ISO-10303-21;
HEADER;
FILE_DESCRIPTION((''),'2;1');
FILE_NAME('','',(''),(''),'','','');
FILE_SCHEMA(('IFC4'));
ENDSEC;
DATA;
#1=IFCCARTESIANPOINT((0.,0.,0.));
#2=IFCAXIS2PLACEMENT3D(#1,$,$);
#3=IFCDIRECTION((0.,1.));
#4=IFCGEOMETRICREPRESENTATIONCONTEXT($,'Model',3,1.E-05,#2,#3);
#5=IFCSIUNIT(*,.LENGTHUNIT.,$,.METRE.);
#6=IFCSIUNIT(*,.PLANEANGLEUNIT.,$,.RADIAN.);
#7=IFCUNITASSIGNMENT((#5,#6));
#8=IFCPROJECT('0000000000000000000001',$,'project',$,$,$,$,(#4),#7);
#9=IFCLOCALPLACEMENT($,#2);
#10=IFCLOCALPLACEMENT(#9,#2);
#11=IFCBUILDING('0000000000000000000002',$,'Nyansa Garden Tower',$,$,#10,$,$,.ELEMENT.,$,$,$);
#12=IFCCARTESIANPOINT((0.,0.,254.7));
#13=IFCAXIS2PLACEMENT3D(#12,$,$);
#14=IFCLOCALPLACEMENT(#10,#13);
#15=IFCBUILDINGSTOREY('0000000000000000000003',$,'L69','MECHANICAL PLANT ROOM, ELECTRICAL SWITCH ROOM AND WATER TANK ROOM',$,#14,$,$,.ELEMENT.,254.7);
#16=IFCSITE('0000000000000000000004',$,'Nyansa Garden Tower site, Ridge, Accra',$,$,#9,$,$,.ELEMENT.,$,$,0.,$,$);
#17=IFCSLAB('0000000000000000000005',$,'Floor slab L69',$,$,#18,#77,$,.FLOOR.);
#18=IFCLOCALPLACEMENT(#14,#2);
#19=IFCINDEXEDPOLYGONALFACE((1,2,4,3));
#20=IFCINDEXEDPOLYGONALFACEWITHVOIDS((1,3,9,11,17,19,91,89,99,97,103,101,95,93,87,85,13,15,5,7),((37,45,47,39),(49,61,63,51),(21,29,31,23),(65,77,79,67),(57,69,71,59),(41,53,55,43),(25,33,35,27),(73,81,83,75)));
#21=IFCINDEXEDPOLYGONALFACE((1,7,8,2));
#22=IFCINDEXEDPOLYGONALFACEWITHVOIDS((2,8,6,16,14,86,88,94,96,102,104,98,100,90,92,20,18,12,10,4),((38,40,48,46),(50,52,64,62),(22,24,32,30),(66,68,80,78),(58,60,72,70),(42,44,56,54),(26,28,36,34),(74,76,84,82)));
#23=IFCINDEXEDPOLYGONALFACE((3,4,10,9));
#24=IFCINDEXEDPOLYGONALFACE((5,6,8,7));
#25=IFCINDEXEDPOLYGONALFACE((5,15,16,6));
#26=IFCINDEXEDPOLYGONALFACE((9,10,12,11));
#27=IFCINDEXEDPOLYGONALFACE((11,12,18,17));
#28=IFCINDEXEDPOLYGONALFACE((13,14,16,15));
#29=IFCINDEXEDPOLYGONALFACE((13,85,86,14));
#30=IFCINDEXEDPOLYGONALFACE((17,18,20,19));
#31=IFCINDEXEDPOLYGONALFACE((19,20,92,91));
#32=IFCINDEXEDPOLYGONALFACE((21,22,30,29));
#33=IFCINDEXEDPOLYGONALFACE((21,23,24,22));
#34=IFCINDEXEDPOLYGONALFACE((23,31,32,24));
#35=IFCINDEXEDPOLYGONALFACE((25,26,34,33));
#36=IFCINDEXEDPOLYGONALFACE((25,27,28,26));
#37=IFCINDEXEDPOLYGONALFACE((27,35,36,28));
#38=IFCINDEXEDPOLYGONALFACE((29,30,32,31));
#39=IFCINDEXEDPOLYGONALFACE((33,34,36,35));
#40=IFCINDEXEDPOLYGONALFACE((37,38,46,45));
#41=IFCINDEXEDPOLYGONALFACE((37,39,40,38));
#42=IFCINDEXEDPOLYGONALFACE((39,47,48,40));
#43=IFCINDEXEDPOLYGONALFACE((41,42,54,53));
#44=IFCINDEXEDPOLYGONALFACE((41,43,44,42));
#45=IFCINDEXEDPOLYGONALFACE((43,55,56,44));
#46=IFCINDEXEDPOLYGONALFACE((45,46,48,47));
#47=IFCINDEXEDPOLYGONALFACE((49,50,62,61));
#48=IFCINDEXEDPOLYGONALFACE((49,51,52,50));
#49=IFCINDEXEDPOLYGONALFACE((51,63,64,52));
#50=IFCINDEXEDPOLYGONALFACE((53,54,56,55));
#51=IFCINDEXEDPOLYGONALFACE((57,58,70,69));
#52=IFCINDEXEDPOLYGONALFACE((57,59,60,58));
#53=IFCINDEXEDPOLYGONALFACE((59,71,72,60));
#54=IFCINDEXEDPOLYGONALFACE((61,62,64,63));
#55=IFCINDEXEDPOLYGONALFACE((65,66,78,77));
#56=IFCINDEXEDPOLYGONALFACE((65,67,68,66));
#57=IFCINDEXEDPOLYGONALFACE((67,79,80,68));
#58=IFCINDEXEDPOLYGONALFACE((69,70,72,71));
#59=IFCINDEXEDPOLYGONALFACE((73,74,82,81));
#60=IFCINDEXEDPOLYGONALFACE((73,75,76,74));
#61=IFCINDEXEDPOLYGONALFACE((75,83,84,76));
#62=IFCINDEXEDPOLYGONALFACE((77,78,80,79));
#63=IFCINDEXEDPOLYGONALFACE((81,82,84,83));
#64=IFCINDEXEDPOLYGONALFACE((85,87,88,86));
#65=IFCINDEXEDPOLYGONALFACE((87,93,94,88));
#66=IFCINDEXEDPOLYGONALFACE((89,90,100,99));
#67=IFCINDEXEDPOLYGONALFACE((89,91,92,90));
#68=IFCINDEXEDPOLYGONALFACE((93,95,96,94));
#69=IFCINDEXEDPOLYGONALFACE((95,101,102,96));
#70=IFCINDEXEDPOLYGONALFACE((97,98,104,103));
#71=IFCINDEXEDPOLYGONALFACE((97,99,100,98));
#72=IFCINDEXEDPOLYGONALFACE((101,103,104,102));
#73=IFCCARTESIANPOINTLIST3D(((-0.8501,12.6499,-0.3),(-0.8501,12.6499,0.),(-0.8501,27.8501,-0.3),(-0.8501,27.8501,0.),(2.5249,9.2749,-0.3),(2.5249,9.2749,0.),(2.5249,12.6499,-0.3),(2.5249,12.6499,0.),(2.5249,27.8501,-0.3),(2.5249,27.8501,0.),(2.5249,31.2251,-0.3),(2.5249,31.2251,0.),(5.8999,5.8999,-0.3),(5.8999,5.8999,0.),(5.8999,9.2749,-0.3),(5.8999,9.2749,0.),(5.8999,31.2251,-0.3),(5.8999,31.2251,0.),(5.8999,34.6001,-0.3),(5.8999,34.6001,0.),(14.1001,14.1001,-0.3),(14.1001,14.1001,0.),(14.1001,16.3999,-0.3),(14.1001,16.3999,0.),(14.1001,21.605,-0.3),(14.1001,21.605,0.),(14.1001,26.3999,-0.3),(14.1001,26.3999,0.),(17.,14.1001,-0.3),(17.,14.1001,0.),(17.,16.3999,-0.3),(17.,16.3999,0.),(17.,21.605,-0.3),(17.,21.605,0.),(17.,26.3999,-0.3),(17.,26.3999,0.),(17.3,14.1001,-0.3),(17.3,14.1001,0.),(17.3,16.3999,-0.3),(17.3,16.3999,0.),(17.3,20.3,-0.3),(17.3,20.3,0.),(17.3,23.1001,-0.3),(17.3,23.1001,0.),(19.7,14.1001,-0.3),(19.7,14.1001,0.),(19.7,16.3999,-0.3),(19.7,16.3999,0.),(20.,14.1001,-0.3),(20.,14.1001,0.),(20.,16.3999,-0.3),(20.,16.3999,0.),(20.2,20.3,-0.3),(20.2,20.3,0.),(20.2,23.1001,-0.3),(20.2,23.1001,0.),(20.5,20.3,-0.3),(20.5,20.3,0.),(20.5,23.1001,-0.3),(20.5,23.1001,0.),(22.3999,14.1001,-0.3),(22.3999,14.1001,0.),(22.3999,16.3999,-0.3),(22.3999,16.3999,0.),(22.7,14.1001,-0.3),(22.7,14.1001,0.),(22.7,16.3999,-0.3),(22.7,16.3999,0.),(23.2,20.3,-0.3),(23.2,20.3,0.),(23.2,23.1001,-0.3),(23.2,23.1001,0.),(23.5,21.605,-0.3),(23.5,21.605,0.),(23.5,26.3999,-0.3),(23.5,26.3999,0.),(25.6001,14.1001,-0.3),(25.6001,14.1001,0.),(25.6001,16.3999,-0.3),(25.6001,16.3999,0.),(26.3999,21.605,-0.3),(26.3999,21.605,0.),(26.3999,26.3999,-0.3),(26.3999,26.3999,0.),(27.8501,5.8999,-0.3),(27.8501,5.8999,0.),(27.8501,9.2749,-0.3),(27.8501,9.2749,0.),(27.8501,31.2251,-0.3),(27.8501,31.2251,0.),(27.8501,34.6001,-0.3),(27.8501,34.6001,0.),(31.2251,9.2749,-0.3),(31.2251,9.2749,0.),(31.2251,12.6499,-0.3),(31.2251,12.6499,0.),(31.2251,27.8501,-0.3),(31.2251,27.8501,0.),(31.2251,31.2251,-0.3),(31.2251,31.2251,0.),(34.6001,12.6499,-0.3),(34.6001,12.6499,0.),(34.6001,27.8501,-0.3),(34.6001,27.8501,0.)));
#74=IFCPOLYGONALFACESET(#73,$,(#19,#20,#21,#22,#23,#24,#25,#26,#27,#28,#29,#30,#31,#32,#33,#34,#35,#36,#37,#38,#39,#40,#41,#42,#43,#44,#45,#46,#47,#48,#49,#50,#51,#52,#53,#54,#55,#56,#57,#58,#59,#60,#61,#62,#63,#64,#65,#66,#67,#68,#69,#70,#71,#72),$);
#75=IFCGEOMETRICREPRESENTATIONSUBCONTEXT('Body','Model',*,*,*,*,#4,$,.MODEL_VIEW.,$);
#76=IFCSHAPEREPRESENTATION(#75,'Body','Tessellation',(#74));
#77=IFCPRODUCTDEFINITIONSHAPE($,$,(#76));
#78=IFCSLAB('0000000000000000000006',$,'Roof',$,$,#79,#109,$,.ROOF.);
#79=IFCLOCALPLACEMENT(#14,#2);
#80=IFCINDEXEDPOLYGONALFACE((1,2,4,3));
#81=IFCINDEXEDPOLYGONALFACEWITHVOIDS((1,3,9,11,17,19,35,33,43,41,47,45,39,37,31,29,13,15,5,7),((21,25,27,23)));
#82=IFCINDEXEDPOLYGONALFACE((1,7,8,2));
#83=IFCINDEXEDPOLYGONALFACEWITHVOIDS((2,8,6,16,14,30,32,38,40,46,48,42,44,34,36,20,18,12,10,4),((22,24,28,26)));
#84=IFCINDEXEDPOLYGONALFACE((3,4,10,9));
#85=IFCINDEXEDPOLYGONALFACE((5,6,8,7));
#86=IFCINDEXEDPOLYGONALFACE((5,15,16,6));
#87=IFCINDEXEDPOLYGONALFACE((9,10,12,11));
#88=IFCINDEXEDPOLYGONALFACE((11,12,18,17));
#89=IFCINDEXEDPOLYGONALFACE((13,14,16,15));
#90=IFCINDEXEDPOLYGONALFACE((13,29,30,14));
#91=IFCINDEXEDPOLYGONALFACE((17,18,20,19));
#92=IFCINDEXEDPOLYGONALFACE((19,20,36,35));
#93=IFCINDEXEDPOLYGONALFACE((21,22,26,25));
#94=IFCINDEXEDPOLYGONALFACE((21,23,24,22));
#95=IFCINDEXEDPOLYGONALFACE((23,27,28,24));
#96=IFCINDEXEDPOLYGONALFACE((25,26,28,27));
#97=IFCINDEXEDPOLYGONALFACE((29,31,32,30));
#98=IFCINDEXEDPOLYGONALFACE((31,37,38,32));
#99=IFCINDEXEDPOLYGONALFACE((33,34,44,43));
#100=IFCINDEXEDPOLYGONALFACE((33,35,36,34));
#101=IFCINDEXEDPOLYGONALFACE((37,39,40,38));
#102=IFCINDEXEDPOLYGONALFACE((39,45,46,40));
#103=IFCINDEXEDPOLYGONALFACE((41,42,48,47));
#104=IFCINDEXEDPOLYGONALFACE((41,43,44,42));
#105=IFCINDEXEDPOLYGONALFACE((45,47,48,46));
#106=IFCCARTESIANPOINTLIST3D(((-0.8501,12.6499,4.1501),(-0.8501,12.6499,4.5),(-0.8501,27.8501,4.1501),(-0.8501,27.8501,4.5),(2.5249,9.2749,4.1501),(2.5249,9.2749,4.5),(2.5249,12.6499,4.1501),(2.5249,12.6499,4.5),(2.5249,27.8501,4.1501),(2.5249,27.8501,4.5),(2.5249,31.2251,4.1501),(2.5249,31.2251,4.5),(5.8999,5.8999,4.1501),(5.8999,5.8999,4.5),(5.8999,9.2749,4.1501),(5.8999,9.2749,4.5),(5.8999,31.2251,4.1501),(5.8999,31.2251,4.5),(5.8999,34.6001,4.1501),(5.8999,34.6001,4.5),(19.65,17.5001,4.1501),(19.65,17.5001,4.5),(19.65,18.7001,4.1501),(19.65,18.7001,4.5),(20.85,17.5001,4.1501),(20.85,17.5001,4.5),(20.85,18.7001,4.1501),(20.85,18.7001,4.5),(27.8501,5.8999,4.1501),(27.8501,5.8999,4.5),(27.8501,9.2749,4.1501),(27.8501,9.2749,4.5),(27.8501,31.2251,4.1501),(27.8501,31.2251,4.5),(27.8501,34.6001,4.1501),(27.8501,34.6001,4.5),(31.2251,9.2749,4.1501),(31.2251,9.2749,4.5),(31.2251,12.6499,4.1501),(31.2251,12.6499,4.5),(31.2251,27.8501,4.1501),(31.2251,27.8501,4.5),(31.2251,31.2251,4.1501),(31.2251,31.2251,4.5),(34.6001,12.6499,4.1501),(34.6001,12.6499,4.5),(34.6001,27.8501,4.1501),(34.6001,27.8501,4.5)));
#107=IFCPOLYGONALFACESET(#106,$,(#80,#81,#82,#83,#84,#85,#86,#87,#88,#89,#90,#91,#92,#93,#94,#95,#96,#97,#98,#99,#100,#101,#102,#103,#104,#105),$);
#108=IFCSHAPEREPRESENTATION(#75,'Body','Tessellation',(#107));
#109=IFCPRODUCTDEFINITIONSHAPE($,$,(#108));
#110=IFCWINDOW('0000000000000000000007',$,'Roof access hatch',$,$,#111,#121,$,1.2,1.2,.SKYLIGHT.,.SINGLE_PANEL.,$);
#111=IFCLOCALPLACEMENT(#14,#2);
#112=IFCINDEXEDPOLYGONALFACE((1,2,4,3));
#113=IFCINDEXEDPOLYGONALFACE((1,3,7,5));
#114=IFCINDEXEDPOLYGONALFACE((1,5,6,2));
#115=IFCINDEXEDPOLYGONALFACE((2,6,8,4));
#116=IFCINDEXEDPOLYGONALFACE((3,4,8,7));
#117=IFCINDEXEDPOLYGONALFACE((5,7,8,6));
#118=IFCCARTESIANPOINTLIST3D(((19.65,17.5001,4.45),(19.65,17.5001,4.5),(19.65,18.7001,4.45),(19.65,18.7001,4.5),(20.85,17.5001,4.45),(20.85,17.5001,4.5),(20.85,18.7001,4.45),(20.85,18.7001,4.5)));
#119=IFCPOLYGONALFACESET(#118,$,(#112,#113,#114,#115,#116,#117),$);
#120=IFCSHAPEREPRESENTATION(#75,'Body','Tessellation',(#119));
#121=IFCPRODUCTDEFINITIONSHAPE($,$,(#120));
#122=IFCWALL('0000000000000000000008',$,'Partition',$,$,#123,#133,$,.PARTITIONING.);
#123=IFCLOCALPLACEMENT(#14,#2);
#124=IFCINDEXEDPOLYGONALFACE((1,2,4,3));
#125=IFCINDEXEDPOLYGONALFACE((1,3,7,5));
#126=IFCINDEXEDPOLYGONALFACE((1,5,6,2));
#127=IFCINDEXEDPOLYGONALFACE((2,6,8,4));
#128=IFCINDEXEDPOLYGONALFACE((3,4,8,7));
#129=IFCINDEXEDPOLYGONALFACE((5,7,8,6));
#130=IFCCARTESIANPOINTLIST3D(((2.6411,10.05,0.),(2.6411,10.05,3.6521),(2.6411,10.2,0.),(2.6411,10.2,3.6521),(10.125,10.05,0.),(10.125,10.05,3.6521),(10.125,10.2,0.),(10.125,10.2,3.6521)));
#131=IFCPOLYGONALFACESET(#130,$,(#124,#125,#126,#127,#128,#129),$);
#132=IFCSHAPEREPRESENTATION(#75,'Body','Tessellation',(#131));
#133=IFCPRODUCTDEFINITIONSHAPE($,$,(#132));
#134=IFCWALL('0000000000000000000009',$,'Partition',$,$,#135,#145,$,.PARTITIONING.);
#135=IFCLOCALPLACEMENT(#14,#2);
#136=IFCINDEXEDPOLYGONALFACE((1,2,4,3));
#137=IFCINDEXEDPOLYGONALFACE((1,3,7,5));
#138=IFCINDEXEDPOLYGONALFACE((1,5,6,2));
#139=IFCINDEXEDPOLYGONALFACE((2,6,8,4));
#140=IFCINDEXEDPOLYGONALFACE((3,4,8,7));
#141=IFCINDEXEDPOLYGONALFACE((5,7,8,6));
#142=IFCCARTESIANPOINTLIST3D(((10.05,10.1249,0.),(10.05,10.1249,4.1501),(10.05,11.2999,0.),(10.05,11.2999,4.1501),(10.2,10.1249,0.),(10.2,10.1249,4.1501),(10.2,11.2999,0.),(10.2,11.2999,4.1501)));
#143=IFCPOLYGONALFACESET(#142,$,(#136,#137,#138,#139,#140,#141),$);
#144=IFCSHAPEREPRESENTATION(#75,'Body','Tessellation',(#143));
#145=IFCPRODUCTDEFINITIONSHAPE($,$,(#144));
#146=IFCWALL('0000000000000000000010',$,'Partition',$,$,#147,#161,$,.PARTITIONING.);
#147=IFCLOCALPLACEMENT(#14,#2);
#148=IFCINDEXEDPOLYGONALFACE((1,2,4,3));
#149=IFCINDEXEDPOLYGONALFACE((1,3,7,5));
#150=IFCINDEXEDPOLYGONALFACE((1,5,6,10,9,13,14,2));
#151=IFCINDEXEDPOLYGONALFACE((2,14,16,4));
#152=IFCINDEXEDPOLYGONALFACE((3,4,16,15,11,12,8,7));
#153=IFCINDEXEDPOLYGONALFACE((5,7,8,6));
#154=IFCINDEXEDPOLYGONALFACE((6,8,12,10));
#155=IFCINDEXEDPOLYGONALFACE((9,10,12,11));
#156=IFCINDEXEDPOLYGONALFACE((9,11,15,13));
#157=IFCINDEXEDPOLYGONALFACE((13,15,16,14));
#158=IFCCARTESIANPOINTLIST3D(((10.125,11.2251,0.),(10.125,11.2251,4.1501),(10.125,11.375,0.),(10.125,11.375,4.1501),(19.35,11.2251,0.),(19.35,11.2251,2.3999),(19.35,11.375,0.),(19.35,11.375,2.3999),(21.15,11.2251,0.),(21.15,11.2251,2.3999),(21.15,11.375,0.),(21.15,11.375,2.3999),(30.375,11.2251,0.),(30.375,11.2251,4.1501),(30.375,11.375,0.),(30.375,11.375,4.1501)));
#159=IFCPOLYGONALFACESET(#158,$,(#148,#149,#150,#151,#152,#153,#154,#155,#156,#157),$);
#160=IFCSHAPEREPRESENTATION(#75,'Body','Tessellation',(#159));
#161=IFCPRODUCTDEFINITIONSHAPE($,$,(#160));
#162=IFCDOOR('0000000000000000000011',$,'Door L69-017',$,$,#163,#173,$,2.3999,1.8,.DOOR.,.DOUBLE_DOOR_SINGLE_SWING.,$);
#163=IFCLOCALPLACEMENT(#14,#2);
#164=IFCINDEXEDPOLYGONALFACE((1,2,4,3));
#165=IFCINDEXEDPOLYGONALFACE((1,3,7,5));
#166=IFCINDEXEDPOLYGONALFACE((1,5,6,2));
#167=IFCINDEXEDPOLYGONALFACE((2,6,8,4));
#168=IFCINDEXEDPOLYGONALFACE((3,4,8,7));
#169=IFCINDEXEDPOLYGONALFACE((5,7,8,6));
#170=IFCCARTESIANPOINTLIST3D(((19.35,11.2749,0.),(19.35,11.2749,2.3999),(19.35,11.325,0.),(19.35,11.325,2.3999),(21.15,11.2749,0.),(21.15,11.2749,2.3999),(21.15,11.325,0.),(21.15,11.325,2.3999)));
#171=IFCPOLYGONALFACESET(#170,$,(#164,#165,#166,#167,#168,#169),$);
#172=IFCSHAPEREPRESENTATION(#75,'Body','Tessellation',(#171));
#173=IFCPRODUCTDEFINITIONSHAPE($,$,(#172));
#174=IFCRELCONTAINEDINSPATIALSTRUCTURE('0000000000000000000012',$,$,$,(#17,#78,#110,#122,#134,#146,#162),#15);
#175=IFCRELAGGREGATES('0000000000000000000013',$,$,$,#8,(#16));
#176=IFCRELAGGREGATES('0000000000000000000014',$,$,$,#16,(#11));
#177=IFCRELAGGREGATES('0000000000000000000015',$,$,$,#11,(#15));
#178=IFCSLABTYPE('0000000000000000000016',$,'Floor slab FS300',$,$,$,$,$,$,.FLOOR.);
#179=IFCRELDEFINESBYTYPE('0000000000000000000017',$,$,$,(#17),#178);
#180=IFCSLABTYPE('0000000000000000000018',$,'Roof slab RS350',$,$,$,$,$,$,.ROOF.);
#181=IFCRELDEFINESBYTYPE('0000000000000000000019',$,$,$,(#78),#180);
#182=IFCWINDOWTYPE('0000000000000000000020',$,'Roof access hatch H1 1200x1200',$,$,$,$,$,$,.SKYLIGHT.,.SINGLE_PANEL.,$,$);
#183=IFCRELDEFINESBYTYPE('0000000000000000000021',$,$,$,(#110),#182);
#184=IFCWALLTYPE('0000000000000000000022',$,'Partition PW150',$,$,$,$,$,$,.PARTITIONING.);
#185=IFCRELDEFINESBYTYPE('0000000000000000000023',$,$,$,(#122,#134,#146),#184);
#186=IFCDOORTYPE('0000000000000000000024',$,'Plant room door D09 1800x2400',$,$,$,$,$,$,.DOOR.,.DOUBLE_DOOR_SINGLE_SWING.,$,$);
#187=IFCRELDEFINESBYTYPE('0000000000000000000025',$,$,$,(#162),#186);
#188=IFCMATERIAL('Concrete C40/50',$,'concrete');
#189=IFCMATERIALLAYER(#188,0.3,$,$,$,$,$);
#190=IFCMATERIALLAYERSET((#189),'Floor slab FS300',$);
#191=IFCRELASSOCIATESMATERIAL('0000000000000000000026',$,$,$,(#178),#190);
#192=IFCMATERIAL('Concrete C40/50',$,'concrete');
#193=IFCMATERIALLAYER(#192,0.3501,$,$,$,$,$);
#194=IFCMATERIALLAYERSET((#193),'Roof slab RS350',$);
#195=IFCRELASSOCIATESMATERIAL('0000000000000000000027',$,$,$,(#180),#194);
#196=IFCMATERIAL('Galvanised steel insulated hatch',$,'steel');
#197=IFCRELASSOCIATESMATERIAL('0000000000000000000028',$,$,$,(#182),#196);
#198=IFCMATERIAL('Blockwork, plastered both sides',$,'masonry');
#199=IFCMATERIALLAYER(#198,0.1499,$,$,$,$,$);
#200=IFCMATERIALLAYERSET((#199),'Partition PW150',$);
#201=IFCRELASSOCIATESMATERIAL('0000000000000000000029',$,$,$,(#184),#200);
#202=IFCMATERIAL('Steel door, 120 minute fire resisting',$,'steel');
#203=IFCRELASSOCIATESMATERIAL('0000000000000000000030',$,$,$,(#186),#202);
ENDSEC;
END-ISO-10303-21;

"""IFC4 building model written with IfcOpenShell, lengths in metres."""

from ifc_helpers import new_model, si_unit, direction, frame, frame_2d, origin, origin_2d, place, context, subcontext, project, spatial, polyline, rectangle, outline, extrude, material, layer, layer_set, type_object, element, fill, save


model = new_model("IFC4")

# Units and contexts
model_context = context("Model", 3, precision=1e-05, world=origin(), true_north=direction((0.0, 1.0)))
body_context = subcontext(model_context, "Body", "Model", "MODEL_VIEW")
ifc_project = project(units=[si_unit("LENGTHUNIT", "METRE"), si_unit("PLANEANGLEUNIT", "RADIAN")], contexts=[model_context])

# Site, building, storey
site_placement = place(None, origin())
site = spatial("IfcSite", under=ifc_project, at=site_placement, Name="Nyansa Garden Tower site, Ridge, Accra", CompositionType="ELEMENT", RefElevation=0.0)
building_placement = place(site_placement, origin())
building = spatial("IfcBuilding", under=site, at=building_placement, Name="Nyansa Garden Tower", CompositionType="ELEMENT")
storey_placement = place(building_placement, frame((0.0, 0.0, 254.7)))
storey = spatial("IfcBuildingStorey", under=building, at=storey_placement, Name="L69", Description="MECHANICAL PLANT ROOM, ELECTRICAL SWITCH ROOM AND WATER TANK ROOM", CompositionType="ELEMENT", Elevation=254.7)

# Slab
ifc_material_1 = material(Name="Concrete C40/50", Category="concrete")
ifc_layer_1 = layer(ifc_material_1, 0.3)
ifc_layer_set_1 = layer_set([ifc_layer_1], Name="Floor slab FS300")
slab_type_1 = type_object("IfcSlabType", Name="Floor slab FS300", PredefinedType="FLOOR", material=ifc_layer_set_1)
slab_1_placement = place(storey_placement, frame((0.0, 0.0, -0.3)))
element("IfcSlab", 1, at=slab_1_placement, inside=storey, type_object=slab_type_1, Name="Floor slab L69", PredefinedType="FLOOR", context=body_context, shape_type="SweptSolid", body=[
    extrude(outline(polyline([(34.6001, 12.6499), (31.2251, 12.6499), (31.2251, 9.2749), (27.8501, 9.2749), (27.8501, 5.8999), (5.8999, 5.8999), (5.8999, 9.2749), (2.5249, 9.2749), (2.5249, 12.6499), (-0.8501, 12.6499), (-0.8501, 27.8501), (2.5249, 27.8501), (2.5249, 31.2251), (5.8999, 31.2251), (5.8999, 34.6001), (27.8501, 34.6001), (27.8501, 31.2251), (31.2251, 31.2251), (31.2251, 27.8501), (34.6001, 27.8501), (34.6001, 12.6499)]), holes=[polyline([(14.1001, 14.1001), (17.0, 14.1001), (17.0, 16.3999), (14.1001, 16.3999), (14.1001, 14.1001)]), polyline([(17.3, 14.1001), (19.7, 14.1001), (19.7, 16.3999), (17.3, 16.3999), (17.3, 14.1001)]), polyline([(20.0, 14.1001), (22.3999, 14.1001), (22.3999, 16.3999), (20.0, 16.3999), (20.0, 14.1001)]), polyline([(22.7, 14.1001), (25.6001, 14.1001), (25.6001, 16.3999), (22.7, 16.3999), (22.7, 14.1001)]), polyline([(17.3, 20.3), (20.2, 20.3), (20.2, 23.1001), (17.3, 23.1001), (17.3, 20.3)]), polyline([(20.5, 20.3), (23.2, 20.3), (23.2, 23.1001), (20.5, 23.1001), (20.5, 20.3)]), polyline([(14.1001, 21.605), (17.0, 21.605), (17.0, 26.3999), (14.1001, 26.3999), (14.1001, 21.605)]), polyline([(23.5, 21.605), (26.3999, 21.605), (26.3999, 26.3999), (23.5, 26.3999), (23.5, 21.605)])]), origin(), (0.0, 0.0, 1.0), 0.3),
])

# Slab, opening, window
ifc_material_2 = material(Name="Concrete C40/50", Category="concrete")
ifc_layer_2 = layer(ifc_material_2, 0.3501)
ifc_layer_set_2 = layer_set([ifc_layer_2], Name="Roof slab RS350")
slab_type_2 = type_object("IfcSlabType", Name="Roof slab RS350", PredefinedType="ROOF", material=ifc_layer_set_2)
slab_2_placement = place(storey_placement, frame((0.0, 0.0, 4.1501)))
slab_2 = element("IfcSlab", 2, at=slab_2_placement, inside=storey, type_object=slab_type_2, Name="Roof", PredefinedType="ROOF", context=body_context, shape_type="SweptSolid", body=[
    extrude(outline(polyline([(34.6001, 12.6499), (31.2251, 12.6499), (31.2251, 9.2749), (27.8501, 9.2749), (27.8501, 5.8999), (5.8999, 5.8999), (5.8999, 9.2749), (2.5249, 9.2749), (2.5249, 12.6499), (-0.8501, 12.6499), (-0.8501, 27.8501), (2.5249, 27.8501), (2.5249, 31.2251), (5.8999, 31.2251), (5.8999, 34.6001), (27.8501, 34.6001), (27.8501, 31.2251), (31.2251, 31.2251), (31.2251, 27.8501), (34.6001, 27.8501), (34.6001, 12.6499)])), origin(), (0.0, 0.0, 1.0), 0.3499),
])
opening_1_placement = place(slab_2_placement, frame((20.25, 18.1001, 0.0)))
opening_1 = element("IfcOpeningElement", 3, at=opening_1_placement, cuts=slab_2, PredefinedType="OPENING", context=body_context, shape_type="SweptSolid", body=[
    extrude(rectangle(XDim=1.2, YDim=1.2, at=origin_2d()), origin(), (0.0, 0.0, 1.0), 0.3499),
])
ifc_material_3 = material(Name="Galvanised steel insulated hatch", Category="steel")
window_type_1 = type_object("IfcWindowType", Name="Roof access hatch H1 1200x1200", PartitioningType="SINGLE_PANEL", PredefinedType="SKYLIGHT", material=ifc_material_3)
window_1_placement = place(opening_1_placement, frame((0.0, 0.0, 0.2998)))
window_1 = element("IfcWindow", 4, at=window_1_placement, inside=storey, type_object=window_type_1, Name="Roof access hatch", OverallHeight=1.2, OverallWidth=1.2, PartitioningType="SINGLE_PANEL", PredefinedType="SKYLIGHT", context=body_context, shape_type="SweptSolid", body=[
    extrude(rectangle(XDim=1.2, YDim=1.2, at=origin_2d()), origin(), (0.0, 0.0, 1.0), 0.05),
])
fill(opening_1, window_1)

# Walls
ifc_material_4 = material(Name="Blockwork, plastered both sides", Category="masonry")
ifc_layer_3 = layer(ifc_material_4, 0.1499)
ifc_layer_set_3 = layer_set([ifc_layer_3], Name="Partition PW150")
wall_type_1 = type_object("IfcWallType", Name="Partition PW150", PredefinedType="PARTITIONING", material=ifc_layer_set_3)
wall_1_placement = place(storey_placement, frame((2.6411, 10.125, 0.0), z_axis=(0.0, 0.0, 1.0), x_axis=(1.0, 0.0, 0.0)))
element("IfcWall", 5, at=wall_1_placement, inside=storey, type_object=wall_type_1, Name="Partition", PredefinedType="PARTITIONING", context=body_context, shape_type="SweptSolid", body=[
    extrude(rectangle(XDim=7.4839, YDim=0.1499, at=frame_2d((3.7419, 0.0))), origin(), (0.0, 0.0, 1.0), 3.6521),
])
wall_2_placement = place(storey_placement, frame((10.125, 10.125, 0.0), z_axis=(0.0, 0.0, 1.0), x_axis=(0.0, 1.0, 0.0)))
element("IfcWall", 6, at=wall_2_placement, inside=storey, type_object=wall_type_1, Name="Partition", PredefinedType="PARTITIONING", context=body_context, shape_type="SweptSolid", body=[
    extrude(rectangle(XDim=1.175, YDim=0.1499, at=frame_2d((0.5874, 0.0))), origin(), (0.0, 0.0, 1.0), 4.1501),
])

# Wall, opening, door
wall_3_placement = place(storey_placement, frame((10.125, 11.3, 0.0), z_axis=(0.0, 0.0, 1.0), x_axis=(1.0, 0.0, 0.0)))
wall_3 = element("IfcWall", 7, at=wall_3_placement, inside=storey, type_object=wall_type_1, Name="Partition", PredefinedType="PARTITIONING", context=body_context, shape_type="SweptSolid", body=[
    extrude(rectangle(XDim=20.25, YDim=0.1499, at=frame_2d((10.125, 0.0))), origin(), (0.0, 0.0, 1.0), 4.1501),
])
opening_2_placement = place(wall_3_placement, frame((9.2251, 0.0, 0.0)))
opening_2 = element("IfcOpeningElement", 8, at=opening_2_placement, cuts=wall_3, PredefinedType="OPENING", context=body_context, shape_type="SweptSolid", body=[
    extrude(rectangle(XDim=1.8, YDim=2.3999, at=frame_2d((0.8999, 1.2))), frame((0.0, 0.085, 0.0), z_axis=(0.0, -1.0, 0.0), x_axis=(1.0, 0.0, 0.0)), (0.0, 0.0, 1.0), 0.1699),
])
ifc_material_5 = material(Name="Steel door, 120 minute fire resisting", Category="steel")
door_type = type_object("IfcDoorType", Name="Plant room door D09 1800x2400", OperationType="DOUBLE_DOOR_SINGLE_SWING", PredefinedType="DOOR", material=ifc_material_5)
door_1_placement = place(opening_2_placement, origin())
door_1 = element("IfcDoor", 9, at=door_1_placement, inside=storey, type_object=door_type, Name="Door L69-017", OperationType="DOUBLE_DOOR_SINGLE_SWING", OverallHeight=2.3999, OverallWidth=1.8, PredefinedType="DOOR", context=body_context, shape_type="SweptSolid", body=[
    extrude(rectangle(XDim=1.8, YDim=2.3999, at=frame_2d((0.8999, 1.2))), frame((0.0, 0.0249, 0.0), z_axis=(0.0, -1.0, 0.0), x_axis=(1.0, 0.0, 0.0)), (0.0, 0.0, 1.0), 0.05),
])
fill(opening_2, door_1)

save(model, "model.ifc")
